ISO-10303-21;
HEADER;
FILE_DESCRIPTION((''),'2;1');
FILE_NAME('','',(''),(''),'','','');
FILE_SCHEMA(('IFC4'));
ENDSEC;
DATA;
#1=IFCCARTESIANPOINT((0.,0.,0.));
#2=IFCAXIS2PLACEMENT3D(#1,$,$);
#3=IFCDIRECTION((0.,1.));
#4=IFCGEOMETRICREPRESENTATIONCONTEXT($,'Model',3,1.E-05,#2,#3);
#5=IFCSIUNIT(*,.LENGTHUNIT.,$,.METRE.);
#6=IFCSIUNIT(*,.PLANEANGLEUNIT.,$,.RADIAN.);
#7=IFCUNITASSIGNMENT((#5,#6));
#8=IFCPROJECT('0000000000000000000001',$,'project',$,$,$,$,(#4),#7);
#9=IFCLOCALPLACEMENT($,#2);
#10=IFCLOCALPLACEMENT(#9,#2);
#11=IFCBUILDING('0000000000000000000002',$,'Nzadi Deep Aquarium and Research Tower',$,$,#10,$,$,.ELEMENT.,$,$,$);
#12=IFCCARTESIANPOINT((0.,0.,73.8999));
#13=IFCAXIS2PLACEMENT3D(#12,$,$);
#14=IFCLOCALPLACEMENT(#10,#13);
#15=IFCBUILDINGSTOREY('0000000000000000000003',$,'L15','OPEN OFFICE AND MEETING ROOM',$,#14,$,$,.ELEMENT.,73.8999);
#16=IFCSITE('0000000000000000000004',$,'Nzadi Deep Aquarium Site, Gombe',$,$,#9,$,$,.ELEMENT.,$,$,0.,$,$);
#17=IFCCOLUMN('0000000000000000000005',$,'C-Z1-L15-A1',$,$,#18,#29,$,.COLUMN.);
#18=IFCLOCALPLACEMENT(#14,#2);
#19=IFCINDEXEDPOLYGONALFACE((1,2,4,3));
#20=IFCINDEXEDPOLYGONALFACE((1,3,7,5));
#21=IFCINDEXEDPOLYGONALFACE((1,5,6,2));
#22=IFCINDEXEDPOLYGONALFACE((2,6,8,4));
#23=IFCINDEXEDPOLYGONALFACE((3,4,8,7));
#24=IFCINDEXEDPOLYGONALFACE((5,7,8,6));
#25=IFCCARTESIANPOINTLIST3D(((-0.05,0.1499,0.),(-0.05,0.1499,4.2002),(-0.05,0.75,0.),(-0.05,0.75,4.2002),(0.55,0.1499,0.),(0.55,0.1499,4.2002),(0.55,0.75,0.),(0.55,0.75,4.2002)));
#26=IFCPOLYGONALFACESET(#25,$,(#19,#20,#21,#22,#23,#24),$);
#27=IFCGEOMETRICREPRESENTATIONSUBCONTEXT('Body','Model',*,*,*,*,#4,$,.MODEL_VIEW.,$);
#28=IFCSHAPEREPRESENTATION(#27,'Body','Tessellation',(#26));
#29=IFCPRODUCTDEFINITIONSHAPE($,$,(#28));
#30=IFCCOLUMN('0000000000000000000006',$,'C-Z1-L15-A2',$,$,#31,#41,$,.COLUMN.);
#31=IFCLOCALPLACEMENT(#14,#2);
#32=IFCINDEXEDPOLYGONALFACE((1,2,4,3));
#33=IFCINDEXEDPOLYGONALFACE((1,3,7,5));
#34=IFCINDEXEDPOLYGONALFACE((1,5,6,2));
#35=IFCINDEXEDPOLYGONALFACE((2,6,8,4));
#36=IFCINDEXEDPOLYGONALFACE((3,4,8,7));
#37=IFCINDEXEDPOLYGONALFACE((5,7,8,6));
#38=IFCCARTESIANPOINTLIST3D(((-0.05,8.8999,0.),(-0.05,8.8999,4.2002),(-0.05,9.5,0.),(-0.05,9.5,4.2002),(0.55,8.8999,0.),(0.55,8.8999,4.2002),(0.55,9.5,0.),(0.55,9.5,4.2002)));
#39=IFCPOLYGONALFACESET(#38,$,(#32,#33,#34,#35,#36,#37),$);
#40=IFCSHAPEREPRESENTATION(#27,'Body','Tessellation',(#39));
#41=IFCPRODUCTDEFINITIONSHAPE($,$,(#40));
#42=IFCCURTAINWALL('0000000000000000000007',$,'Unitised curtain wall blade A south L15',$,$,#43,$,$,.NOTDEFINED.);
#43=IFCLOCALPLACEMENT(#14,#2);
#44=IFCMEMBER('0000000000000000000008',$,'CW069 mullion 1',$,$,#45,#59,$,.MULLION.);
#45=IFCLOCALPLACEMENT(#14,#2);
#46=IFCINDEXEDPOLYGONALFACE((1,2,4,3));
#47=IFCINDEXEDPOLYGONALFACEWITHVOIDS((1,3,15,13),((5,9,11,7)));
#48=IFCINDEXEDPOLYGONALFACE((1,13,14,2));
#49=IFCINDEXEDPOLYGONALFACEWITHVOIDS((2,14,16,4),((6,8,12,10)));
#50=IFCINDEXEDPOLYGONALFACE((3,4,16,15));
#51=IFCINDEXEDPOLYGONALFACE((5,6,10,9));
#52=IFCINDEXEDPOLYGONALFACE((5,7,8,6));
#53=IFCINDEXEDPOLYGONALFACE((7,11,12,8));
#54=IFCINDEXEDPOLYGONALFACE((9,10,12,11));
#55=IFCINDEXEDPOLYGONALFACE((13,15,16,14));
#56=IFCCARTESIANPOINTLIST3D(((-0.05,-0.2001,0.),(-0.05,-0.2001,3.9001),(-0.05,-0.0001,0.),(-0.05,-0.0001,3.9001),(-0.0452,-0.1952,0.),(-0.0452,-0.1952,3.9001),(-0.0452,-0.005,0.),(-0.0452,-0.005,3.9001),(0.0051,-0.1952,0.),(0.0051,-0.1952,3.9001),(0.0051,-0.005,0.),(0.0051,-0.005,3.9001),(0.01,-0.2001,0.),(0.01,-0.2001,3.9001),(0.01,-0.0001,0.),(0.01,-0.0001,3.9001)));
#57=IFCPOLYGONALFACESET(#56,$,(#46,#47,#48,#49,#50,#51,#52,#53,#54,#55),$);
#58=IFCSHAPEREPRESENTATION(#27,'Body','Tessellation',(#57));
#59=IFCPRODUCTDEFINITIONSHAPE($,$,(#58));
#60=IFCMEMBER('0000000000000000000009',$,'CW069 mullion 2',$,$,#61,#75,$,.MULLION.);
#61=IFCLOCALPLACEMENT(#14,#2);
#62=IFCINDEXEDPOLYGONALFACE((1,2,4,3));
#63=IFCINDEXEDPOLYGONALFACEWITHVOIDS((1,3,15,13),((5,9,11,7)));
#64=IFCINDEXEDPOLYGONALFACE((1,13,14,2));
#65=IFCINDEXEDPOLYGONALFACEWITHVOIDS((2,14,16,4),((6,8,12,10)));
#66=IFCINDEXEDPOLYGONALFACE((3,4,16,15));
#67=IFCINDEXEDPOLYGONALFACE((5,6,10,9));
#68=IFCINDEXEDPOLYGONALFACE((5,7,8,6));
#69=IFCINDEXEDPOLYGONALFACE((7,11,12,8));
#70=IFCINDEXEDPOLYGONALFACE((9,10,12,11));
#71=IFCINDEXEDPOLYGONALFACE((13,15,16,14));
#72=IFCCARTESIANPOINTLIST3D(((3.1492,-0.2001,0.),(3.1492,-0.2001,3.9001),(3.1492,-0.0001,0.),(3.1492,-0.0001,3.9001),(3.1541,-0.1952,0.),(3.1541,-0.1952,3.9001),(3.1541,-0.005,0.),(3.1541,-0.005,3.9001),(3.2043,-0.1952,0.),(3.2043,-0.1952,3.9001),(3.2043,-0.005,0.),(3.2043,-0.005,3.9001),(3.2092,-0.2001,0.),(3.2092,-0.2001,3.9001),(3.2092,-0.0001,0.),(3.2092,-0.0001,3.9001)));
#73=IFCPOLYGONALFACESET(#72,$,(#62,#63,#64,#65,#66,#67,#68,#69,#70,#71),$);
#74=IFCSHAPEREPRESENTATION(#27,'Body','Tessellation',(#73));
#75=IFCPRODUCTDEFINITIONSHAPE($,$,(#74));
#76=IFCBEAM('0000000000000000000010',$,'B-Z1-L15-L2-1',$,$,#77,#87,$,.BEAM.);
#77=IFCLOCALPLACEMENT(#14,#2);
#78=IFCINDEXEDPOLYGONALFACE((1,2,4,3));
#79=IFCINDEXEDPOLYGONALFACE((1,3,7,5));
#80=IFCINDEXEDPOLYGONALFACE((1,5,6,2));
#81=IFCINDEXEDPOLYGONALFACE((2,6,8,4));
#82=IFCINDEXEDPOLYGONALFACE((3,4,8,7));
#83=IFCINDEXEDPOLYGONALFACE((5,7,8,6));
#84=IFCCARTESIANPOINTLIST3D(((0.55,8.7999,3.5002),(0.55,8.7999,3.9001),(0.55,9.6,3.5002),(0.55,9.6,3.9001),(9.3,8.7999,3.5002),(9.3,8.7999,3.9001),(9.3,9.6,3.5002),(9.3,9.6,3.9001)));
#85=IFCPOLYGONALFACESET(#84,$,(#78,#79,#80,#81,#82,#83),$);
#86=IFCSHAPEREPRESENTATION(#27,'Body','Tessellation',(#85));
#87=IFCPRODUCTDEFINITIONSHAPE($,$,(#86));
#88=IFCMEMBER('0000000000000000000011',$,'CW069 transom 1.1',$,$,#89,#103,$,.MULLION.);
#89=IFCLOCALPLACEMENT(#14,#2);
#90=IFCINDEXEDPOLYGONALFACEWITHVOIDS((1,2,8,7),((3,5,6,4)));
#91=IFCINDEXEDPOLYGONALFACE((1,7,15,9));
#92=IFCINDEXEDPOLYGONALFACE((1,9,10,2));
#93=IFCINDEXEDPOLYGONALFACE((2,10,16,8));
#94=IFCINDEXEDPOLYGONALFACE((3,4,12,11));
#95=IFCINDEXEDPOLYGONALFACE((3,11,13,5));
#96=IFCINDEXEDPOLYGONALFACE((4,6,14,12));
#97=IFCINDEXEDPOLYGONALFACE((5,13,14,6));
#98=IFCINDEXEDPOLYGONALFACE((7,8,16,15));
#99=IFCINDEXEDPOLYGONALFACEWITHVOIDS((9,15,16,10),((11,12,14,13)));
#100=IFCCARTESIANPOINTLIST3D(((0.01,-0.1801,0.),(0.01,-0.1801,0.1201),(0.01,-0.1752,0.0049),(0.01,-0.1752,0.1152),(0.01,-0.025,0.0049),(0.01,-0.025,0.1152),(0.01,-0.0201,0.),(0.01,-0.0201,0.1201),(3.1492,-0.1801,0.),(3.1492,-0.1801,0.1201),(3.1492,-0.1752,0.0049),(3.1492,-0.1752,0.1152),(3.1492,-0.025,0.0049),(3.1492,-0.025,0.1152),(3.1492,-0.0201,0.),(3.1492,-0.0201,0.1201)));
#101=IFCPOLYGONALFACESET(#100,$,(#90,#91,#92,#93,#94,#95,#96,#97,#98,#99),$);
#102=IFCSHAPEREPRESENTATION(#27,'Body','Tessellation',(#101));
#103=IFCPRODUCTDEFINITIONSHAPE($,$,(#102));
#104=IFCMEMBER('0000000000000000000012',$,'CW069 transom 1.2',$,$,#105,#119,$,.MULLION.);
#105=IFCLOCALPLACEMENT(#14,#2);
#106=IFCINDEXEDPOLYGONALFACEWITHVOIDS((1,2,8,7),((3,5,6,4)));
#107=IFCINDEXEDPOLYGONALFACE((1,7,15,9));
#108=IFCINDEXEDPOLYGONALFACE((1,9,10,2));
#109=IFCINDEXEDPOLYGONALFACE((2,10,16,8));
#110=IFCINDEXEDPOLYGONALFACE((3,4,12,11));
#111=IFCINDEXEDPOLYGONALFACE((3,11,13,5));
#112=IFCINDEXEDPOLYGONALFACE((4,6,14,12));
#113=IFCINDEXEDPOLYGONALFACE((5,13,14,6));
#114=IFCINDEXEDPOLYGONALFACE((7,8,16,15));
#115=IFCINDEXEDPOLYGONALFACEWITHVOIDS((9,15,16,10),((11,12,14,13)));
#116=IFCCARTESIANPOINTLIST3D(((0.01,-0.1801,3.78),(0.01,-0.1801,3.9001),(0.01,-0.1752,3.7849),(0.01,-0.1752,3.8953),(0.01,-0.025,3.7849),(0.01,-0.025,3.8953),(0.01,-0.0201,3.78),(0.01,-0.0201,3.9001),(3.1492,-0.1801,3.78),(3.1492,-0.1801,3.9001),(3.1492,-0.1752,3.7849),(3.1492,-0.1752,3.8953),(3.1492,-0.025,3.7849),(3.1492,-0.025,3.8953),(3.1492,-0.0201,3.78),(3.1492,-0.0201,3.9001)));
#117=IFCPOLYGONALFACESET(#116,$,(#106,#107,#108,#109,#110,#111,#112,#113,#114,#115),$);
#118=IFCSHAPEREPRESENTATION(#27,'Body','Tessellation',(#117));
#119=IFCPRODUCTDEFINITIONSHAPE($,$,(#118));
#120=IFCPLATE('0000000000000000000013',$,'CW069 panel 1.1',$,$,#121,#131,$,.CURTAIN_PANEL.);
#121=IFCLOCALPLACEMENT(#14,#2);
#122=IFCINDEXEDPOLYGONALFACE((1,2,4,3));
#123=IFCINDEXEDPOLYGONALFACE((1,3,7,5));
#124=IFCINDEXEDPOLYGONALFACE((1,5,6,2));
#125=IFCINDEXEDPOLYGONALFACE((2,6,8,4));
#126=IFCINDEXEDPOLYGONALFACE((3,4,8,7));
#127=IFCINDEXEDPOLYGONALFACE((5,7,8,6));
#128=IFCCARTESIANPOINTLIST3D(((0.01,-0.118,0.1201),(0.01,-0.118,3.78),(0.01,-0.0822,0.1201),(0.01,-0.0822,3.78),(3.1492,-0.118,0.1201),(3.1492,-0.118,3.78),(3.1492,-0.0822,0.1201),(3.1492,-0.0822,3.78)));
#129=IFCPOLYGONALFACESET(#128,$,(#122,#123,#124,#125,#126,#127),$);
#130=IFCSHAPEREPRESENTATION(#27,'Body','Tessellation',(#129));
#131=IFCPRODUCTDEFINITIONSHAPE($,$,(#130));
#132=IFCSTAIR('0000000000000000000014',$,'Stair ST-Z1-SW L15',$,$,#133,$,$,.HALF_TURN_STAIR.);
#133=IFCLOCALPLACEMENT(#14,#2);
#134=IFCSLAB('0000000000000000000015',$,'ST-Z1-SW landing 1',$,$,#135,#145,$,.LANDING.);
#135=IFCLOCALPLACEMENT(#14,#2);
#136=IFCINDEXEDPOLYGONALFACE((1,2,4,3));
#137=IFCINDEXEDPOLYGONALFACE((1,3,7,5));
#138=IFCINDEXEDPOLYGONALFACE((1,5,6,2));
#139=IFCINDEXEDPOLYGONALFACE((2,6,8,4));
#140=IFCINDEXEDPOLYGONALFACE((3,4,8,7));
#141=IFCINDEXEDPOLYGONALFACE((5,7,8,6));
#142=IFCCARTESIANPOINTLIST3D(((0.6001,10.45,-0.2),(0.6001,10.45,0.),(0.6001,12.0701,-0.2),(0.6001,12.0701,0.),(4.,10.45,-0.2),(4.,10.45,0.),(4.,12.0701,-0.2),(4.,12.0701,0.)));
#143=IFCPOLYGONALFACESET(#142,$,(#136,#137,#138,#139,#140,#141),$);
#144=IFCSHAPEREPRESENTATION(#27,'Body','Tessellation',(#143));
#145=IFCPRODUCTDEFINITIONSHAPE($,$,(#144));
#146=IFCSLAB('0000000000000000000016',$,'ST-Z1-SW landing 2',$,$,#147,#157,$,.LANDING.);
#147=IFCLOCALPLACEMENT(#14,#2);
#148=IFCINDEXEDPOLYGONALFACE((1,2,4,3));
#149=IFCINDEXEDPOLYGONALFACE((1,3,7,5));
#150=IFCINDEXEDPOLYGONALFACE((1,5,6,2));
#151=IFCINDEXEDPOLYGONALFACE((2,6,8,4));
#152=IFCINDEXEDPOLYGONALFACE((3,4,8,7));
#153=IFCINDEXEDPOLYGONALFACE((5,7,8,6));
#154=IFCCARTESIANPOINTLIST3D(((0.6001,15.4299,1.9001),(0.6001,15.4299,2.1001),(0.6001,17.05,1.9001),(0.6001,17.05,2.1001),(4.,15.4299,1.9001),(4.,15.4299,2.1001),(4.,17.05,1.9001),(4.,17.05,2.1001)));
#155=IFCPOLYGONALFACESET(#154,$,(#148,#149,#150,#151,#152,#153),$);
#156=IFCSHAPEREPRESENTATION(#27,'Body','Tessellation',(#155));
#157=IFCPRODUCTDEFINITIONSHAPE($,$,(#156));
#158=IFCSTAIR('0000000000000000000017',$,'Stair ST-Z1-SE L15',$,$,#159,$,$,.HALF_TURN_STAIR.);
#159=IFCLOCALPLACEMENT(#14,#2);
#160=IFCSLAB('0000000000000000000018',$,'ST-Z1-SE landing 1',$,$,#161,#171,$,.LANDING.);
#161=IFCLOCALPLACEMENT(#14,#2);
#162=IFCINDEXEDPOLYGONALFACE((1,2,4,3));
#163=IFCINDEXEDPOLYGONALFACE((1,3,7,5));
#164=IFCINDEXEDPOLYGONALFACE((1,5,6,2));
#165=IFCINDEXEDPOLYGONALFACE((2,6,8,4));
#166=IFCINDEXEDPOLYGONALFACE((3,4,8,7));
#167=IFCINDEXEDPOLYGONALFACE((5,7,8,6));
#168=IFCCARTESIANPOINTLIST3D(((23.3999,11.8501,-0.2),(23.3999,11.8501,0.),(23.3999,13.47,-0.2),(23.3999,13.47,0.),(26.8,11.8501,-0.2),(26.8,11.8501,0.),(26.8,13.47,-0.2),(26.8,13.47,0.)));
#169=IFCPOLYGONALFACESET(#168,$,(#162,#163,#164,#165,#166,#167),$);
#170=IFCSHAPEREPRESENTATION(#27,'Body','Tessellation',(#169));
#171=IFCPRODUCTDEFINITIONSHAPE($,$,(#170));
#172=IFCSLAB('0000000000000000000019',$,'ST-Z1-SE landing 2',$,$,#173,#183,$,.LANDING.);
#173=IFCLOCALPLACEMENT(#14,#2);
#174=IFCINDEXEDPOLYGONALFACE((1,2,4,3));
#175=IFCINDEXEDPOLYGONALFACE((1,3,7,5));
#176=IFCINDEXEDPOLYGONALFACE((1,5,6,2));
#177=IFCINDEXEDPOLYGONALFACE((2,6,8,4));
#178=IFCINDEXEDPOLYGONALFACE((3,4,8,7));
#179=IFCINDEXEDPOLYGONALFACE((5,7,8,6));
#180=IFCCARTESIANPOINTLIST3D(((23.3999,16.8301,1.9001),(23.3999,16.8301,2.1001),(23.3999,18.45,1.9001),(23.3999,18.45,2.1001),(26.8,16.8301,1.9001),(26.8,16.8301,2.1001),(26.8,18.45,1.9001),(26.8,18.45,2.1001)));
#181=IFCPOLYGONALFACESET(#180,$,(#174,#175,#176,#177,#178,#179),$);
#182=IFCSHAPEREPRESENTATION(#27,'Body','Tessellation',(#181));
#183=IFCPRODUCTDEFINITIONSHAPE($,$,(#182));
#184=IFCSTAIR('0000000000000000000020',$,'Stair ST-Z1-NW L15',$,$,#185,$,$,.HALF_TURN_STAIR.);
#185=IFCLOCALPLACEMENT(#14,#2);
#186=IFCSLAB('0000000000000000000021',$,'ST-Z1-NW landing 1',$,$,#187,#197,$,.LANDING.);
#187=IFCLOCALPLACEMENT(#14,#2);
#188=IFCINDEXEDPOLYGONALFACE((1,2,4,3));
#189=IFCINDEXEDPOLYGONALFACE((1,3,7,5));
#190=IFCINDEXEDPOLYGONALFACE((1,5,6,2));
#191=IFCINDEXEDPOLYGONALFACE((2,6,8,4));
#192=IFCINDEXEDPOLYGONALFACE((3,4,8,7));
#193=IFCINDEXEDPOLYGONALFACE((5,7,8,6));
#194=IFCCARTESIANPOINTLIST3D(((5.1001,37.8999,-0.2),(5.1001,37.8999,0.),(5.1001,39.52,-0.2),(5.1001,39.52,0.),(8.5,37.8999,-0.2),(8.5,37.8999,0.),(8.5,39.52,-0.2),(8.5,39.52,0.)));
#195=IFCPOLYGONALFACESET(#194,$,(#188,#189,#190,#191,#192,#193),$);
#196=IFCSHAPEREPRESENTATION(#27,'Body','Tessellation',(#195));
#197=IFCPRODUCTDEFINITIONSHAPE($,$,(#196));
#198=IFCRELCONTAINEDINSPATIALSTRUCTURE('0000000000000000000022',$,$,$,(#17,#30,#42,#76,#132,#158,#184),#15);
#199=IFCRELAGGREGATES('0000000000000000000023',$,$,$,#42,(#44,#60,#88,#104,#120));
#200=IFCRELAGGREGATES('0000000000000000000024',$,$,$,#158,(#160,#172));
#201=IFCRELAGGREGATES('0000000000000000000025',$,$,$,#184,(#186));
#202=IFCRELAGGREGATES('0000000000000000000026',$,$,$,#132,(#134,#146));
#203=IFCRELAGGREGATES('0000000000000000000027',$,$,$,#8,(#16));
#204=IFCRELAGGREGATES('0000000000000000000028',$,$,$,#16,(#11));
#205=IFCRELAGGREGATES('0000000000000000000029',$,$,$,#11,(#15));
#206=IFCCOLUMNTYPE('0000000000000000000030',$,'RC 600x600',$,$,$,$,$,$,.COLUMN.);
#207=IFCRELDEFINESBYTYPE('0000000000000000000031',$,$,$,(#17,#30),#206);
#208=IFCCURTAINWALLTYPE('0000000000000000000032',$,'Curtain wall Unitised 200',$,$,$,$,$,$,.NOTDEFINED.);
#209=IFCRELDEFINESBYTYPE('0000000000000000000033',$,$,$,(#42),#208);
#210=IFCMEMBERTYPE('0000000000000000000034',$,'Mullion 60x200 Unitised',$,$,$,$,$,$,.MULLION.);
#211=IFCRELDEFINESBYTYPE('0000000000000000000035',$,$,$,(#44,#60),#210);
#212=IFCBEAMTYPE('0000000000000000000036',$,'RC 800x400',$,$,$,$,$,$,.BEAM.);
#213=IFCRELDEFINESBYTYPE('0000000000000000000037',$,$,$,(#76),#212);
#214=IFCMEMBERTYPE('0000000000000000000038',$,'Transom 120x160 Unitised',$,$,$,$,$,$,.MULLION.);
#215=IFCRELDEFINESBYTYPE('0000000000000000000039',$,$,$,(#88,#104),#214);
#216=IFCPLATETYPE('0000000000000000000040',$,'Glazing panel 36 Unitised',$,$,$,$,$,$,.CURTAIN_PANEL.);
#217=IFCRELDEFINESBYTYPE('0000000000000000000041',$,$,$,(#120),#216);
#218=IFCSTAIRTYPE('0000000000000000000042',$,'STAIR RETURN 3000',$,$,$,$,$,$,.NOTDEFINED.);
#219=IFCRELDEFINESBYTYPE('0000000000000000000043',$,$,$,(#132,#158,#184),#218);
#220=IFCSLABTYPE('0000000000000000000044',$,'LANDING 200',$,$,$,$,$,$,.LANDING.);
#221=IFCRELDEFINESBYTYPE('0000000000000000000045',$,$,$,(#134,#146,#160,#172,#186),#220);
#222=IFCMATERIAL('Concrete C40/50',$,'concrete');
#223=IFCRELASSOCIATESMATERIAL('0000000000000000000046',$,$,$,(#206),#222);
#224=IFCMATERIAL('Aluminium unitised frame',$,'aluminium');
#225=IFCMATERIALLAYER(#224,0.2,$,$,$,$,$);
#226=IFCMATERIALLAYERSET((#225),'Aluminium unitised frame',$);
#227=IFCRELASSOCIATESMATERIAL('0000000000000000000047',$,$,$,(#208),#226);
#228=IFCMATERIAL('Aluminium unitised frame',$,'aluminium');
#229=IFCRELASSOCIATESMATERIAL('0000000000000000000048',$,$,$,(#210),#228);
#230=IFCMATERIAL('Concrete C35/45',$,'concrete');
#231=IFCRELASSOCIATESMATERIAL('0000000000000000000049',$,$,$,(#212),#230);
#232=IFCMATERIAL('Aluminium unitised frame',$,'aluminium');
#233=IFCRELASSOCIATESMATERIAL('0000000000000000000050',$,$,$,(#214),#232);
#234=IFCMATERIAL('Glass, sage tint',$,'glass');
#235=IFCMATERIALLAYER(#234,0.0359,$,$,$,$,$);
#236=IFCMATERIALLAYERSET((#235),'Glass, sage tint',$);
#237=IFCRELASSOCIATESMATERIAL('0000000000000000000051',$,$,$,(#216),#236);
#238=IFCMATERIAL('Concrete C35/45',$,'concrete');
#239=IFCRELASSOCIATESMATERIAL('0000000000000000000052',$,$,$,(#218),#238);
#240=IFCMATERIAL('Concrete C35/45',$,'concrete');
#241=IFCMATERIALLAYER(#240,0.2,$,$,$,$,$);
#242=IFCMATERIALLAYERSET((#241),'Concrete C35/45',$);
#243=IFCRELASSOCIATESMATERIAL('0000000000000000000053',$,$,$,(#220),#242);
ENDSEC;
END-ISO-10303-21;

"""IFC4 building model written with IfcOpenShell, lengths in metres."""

from ifc_helpers import new_model, si_unit, direction, frame, origin, origin_2d, place, context, subcontext, project, spatial, polyline, rectangle, hollow_rectangle, outline, extrude, material, layer, layer_set, material_profile, profile_set, type_object, element, aggregate, save


model = new_model("IFC4")

# Units and contexts
model_context = context("Model", 3, precision=1e-05, world=origin(), true_north=direction((0.0, 1.0)))
body_context = subcontext(model_context, "Body", "Model", "MODEL_VIEW")
ifc_project = project(units=[si_unit("LENGTHUNIT", "METRE"), si_unit("PLANEANGLEUNIT", "RADIAN")], contexts=[model_context])

# Site, building, storey
site_placement = place(None, origin())
site = spatial("IfcSite", under=ifc_project, at=site_placement, Name="Nzadi Deep Aquarium Site, Gombe", CompositionType="ELEMENT", RefElevation=0.0)
building_placement = place(site_placement, origin())
building = spatial("IfcBuilding", under=site, at=building_placement, Name="Nzadi Deep Aquarium and Research Tower", CompositionType="ELEMENT")
storey_placement = place(building_placement, frame((0.0, 0.0, 73.8999)))
storey = spatial("IfcBuildingStorey", under=building, at=storey_placement, Name="L15", Description="OPEN OFFICE AND MEETING ROOM", CompositionType="ELEMENT", Elevation=73.8999)

# Columns
ifc_material_1 = material(Name="Concrete C40/50", Category="concrete")
ifc_material_profile_1 = material_profile(ifc_material_1, rectangle(XDim=0.6001, YDim=0.6001, at=origin_2d()))
ifc_profile_set_1 = profile_set([ifc_material_profile_1], Name="Concrete C40/50")
column_type = type_object("IfcColumnType", Name="RC 600x600", PredefinedType="COLUMN", material=ifc_profile_set_1)
for number, where, z_axis, x_axis, name in (
    (1, (0.25, 0.45, 0.0), (0.0, 0.0, 1.0), (1.0, 0.0, 0.0), "C-Z1-L15-A1"),
    (2, (0.25, 9.2, 0.0), (0.0, 0.0, 1.0), (1.0, 0.0, 0.0), "C-Z1-L15-A2"),
):
    element("IfcColumn", number, at=place(storey_placement, frame(where, z_axis=z_axis, x_axis=x_axis)), inside=storey, type_object=column_type, Name=name, PredefinedType="COLUMN", context=body_context, shape_type="SweptSolid", body=[
        extrude(rectangle(XDim=0.6001, YDim=0.6001, at=origin_2d()), origin(), (0.0, 0.0, 1.0), 4.2002),
    ])

# Curtain wall, members
ifc_material_2 = material(Name="Aluminium unitised frame", Category="aluminium")
ifc_layer_1 = layer(ifc_material_2, 0.2)
ifc_layer_set_1 = layer_set([ifc_layer_1], Name="Aluminium unitised frame")
curtain_wall_type = type_object("IfcCurtainWallType", Name="Curtain wall Unitised 200", PredefinedType="NOTDEFINED", material=ifc_layer_set_1)
curtain_wall_placement = place(storey_placement, origin())
curtain_wall = element("IfcCurtainWall", 3, at=curtain_wall_placement, inside=storey, type_object=curtain_wall_type, Name="Unitised curtain wall blade A south L15", PredefinedType="NOTDEFINED")
ifc_material_3 = material(Name="Aluminium unitised frame", Category="aluminium")
ifc_material_profile_2 = material_profile(ifc_material_3, hollow_rectangle(XDim=0.2, YDim=0.0601, WallThickness=0.0049, at=origin_2d()))
ifc_profile_set_2 = profile_set([ifc_material_profile_2], Name="Aluminium unitised frame")
member_type_1 = type_object("IfcMemberType", Name="Mullion 60x200 Unitised", PredefinedType="MULLION", material=ifc_profile_set_2)
member_1_placement = place(storey_placement, frame((-0.02, -0.1001, 0.0), z_axis=(0.0, 0.0, 1.0), x_axis=(0.0, 1.0, 0.0)))
member_1 = element("IfcMember", 4, at=member_1_placement, type_object=member_type_1, Name="CW069 mullion 1", PredefinedType="MULLION", context=body_context, shape_type="SweptSolid", body=[
    extrude(hollow_rectangle(XDim=0.2, YDim=0.0601, WallThickness=0.0049, at=origin_2d()), origin(), (0.0, 0.0, 1.0), 3.9001),
])
member_2_placement = place(storey_placement, frame((3.1792, -0.1001, 0.0), z_axis=(0.0, 0.0, 1.0), x_axis=(0.0, 1.0, 0.0)))
member_2 = element("IfcMember", 5, at=member_2_placement, type_object=member_type_1, Name="CW069 mullion 2", PredefinedType="MULLION", context=body_context, shape_type="SweptSolid", body=[
    extrude(hollow_rectangle(XDim=0.2, YDim=0.0601, WallThickness=0.0049, at=origin_2d()), origin(), (0.0, 0.0, 1.0), 3.9001),
])

# Beam
ifc_material_4 = material(Name="Concrete C35/45", Category="concrete")
ifc_material_profile_3 = material_profile(ifc_material_4, rectangle(XDim=0.8, YDim=0.3999, at=origin_2d()))
ifc_profile_set_3 = profile_set([ifc_material_profile_3], Name="Concrete C35/45")
beam_type = type_object("IfcBeamType", Name="RC 800x400", PredefinedType="BEAM", material=ifc_profile_set_3)
beam_placement = place(storey_placement, frame((0.55, 9.2, 3.7002), z_axis=(1.0, 0.0, 0.0), x_axis=(0.0, 1.0, 0.0)))
element("IfcBeam", 6, at=beam_placement, inside=storey, type_object=beam_type, Name="B-Z1-L15-L2-1", PredefinedType="BEAM", context=body_context, shape_type="SweptSolid", body=[
    extrude(rectangle(XDim=0.8, YDim=0.3999, at=origin_2d()), origin(), (0.0, 0.0, 1.0), 8.75),
])

# Members
ifc_material_5 = material(Name="Aluminium unitised frame", Category="aluminium")
ifc_material_profile_4 = material_profile(ifc_material_5, hollow_rectangle(XDim=0.1599, YDim=0.1201, WallThickness=0.0049, at=origin_2d()))
ifc_profile_set_4 = profile_set([ifc_material_profile_4], Name="Aluminium unitised frame")
member_type_2 = type_object("IfcMemberType", Name="Transom 120x160 Unitised", PredefinedType="MULLION", material=ifc_profile_set_4)
member_3_placement = place(storey_placement, frame((0.01, -0.1001, 0.0601), z_axis=(1.0, 0.0, 0.0), x_axis=(0.0, 1.0, 0.0)))
member_3 = element("IfcMember", 7, at=member_3_placement, type_object=member_type_2, Name="CW069 transom 1.1", PredefinedType="MULLION", context=body_context, shape_type="SweptSolid", body=[
    extrude(hollow_rectangle(XDim=0.1599, YDim=0.1201, WallThickness=0.0049, at=origin_2d()), origin(), (0.0, 0.0, 1.0), 3.1392),
])
member_4_placement = place(storey_placement, frame((0.01, -0.1001, 3.8401), z_axis=(1.0, 0.0, 0.0), x_axis=(0.0, 1.0, 0.0)))
member_4 = element("IfcMember", 8, at=member_4_placement, type_object=member_type_2, Name="CW069 transom 1.2", PredefinedType="MULLION", context=body_context, shape_type="SweptSolid", body=[
    extrude(hollow_rectangle(XDim=0.1599, YDim=0.1201, WallThickness=0.0049, at=origin_2d()), origin(), (0.0, 0.0, 1.0), 3.1392),
])

# Plate
ifc_material_6 = material(Name="Glass, sage tint", Category="glass")
ifc_layer_2 = layer(ifc_material_6, 0.0359)
ifc_layer_set_2 = layer_set([ifc_layer_2], Name="Glass, sage tint")
plate_type = type_object("IfcPlateType", Name="Glazing panel 36 Unitised", PredefinedType="CURTAIN_PANEL", material=ifc_layer_set_2)
plate_placement = place(storey_placement, frame((1.5796, -0.1001, 0.1201), z_axis=(0.0, 0.0, 1.0), x_axis=(1.0, 0.0, 0.0)))
plate = element("IfcPlate", 9, at=plate_placement, type_object=plate_type, Name="CW069 panel 1.1", PredefinedType="CURTAIN_PANEL", context=body_context, shape_type="SweptSolid", body=[
    extrude(rectangle(XDim=3.1392, YDim=0.0359, at=origin_2d()), origin(), (0.0, 0.0, 1.0), 3.6599),
])
aggregate(curtain_wall, [member_1, member_2, member_3, member_4, plate])

# Stairs, slabs
ifc_material_7 = material(Name="Concrete C35/45", Category="concrete")
stair_type = type_object("IfcStairType", Name="STAIR RETURN 3000", PredefinedType="NOTDEFINED", material=ifc_material_7)
stair_1_placement = place(storey_placement, origin())
stair_1 = element("IfcStair", 10, at=stair_1_placement, inside=storey, type_object=stair_type, Name="Stair ST-Z1-SW L15", PredefinedType="HALF_TURN_STAIR")
ifc_material_8 = material(Name="Concrete C35/45", Category="concrete")
ifc_layer_3 = layer(ifc_material_8, 0.2)
ifc_layer_set_3 = layer_set([ifc_layer_3], Name="Concrete C35/45")
slab_type_1 = type_object("IfcSlabType", Name="LANDING 200", PredefinedType="LANDING", material=ifc_layer_set_3)
slab_1_placement = place(storey_placement, frame((0.0, 0.0, -0.2)))
slab_1 = element("IfcSlab", 11, at=slab_1_placement, type_object=slab_type_1, Name="ST-Z1-SW landing 1", PredefinedType="LANDING", context=body_context, shape_type="SweptSolid", body=[
    extrude(outline(polyline([(0.6001, 10.45), (4.0, 10.45), (4.0, 12.0701), (0.6001, 12.0701), (0.6001, 10.45)])), origin(), (0.0, 0.0, 1.0), 0.2),
])
slab_2_placement = place(storey_placement, frame((0.0, 0.0, 1.9001)))
slab_2 = element("IfcSlab", 12, at=slab_2_placement, type_object=slab_type_1, Name="ST-Z1-SW landing 2", PredefinedType="LANDING", context=body_context, shape_type="SweptSolid", body=[
    extrude(outline(polyline([(0.6001, 15.4299), (4.0, 15.4299), (4.0, 17.05), (0.6001, 17.05), (0.6001, 15.4299)])), origin(), (0.0, 0.0, 1.0), 0.2),
])
stair_2_placement = place(storey_placement, origin())
stair_2 = element("IfcStair", 13, at=stair_2_placement, inside=storey, type_object=stair_type, Name="Stair ST-Z1-SE L15", PredefinedType="HALF_TURN_STAIR")
slab_3_placement = place(storey_placement, frame((0.0, 0.0, -0.2)))
slab_3 = element("IfcSlab", 14, at=slab_3_placement, type_object=slab_type_1, Name="ST-Z1-SE landing 1", PredefinedType="LANDING", context=body_context, shape_type="SweptSolid", body=[
    extrude(outline(polyline([(23.3999, 11.8501), (26.8, 11.8501), (26.8, 13.47), (23.3999, 13.47), (23.3999, 11.8501)])), origin(), (0.0, 0.0, 1.0), 0.2),
])
slab_4_placement = place(storey_placement, frame((0.0, 0.0, 1.9001)))
slab_4 = element("IfcSlab", 15, at=slab_4_placement, type_object=slab_type_1, Name="ST-Z1-SE landing 2", PredefinedType="LANDING", context=body_context, shape_type="SweptSolid", body=[
    extrude(outline(polyline([(23.3999, 16.8301), (26.8, 16.8301), (26.8, 18.45), (23.3999, 18.45), (23.3999, 16.8301)])), origin(), (0.0, 0.0, 1.0), 0.2),
])
aggregate(stair_2, [slab_3, slab_4])
stair_3_placement = place(storey_placement, origin())
stair_3 = element("IfcStair", 16, at=stair_3_placement, inside=storey, type_object=stair_type, Name="Stair ST-Z1-NW L15", PredefinedType="HALF_TURN_STAIR")
slab_5_placement = place(storey_placement, frame((0.0, 0.0, -0.2)))
slab_5 = element("IfcSlab", 17, at=slab_5_placement, type_object=slab_type_1, Name="ST-Z1-NW landing 1", PredefinedType="LANDING", context=body_context, shape_type="SweptSolid", body=[
    extrude(outline(polyline([(5.1001, 37.8999), (8.5, 37.8999), (8.5, 39.52), (5.1001, 39.52), (5.1001, 37.8999)])), origin(), (0.0, 0.0, 1.0), 0.2),
])
aggregate(stair_3, [slab_5])

aggregate(stair_1, [slab_1, slab_2])

save(model, "model.ifc")
